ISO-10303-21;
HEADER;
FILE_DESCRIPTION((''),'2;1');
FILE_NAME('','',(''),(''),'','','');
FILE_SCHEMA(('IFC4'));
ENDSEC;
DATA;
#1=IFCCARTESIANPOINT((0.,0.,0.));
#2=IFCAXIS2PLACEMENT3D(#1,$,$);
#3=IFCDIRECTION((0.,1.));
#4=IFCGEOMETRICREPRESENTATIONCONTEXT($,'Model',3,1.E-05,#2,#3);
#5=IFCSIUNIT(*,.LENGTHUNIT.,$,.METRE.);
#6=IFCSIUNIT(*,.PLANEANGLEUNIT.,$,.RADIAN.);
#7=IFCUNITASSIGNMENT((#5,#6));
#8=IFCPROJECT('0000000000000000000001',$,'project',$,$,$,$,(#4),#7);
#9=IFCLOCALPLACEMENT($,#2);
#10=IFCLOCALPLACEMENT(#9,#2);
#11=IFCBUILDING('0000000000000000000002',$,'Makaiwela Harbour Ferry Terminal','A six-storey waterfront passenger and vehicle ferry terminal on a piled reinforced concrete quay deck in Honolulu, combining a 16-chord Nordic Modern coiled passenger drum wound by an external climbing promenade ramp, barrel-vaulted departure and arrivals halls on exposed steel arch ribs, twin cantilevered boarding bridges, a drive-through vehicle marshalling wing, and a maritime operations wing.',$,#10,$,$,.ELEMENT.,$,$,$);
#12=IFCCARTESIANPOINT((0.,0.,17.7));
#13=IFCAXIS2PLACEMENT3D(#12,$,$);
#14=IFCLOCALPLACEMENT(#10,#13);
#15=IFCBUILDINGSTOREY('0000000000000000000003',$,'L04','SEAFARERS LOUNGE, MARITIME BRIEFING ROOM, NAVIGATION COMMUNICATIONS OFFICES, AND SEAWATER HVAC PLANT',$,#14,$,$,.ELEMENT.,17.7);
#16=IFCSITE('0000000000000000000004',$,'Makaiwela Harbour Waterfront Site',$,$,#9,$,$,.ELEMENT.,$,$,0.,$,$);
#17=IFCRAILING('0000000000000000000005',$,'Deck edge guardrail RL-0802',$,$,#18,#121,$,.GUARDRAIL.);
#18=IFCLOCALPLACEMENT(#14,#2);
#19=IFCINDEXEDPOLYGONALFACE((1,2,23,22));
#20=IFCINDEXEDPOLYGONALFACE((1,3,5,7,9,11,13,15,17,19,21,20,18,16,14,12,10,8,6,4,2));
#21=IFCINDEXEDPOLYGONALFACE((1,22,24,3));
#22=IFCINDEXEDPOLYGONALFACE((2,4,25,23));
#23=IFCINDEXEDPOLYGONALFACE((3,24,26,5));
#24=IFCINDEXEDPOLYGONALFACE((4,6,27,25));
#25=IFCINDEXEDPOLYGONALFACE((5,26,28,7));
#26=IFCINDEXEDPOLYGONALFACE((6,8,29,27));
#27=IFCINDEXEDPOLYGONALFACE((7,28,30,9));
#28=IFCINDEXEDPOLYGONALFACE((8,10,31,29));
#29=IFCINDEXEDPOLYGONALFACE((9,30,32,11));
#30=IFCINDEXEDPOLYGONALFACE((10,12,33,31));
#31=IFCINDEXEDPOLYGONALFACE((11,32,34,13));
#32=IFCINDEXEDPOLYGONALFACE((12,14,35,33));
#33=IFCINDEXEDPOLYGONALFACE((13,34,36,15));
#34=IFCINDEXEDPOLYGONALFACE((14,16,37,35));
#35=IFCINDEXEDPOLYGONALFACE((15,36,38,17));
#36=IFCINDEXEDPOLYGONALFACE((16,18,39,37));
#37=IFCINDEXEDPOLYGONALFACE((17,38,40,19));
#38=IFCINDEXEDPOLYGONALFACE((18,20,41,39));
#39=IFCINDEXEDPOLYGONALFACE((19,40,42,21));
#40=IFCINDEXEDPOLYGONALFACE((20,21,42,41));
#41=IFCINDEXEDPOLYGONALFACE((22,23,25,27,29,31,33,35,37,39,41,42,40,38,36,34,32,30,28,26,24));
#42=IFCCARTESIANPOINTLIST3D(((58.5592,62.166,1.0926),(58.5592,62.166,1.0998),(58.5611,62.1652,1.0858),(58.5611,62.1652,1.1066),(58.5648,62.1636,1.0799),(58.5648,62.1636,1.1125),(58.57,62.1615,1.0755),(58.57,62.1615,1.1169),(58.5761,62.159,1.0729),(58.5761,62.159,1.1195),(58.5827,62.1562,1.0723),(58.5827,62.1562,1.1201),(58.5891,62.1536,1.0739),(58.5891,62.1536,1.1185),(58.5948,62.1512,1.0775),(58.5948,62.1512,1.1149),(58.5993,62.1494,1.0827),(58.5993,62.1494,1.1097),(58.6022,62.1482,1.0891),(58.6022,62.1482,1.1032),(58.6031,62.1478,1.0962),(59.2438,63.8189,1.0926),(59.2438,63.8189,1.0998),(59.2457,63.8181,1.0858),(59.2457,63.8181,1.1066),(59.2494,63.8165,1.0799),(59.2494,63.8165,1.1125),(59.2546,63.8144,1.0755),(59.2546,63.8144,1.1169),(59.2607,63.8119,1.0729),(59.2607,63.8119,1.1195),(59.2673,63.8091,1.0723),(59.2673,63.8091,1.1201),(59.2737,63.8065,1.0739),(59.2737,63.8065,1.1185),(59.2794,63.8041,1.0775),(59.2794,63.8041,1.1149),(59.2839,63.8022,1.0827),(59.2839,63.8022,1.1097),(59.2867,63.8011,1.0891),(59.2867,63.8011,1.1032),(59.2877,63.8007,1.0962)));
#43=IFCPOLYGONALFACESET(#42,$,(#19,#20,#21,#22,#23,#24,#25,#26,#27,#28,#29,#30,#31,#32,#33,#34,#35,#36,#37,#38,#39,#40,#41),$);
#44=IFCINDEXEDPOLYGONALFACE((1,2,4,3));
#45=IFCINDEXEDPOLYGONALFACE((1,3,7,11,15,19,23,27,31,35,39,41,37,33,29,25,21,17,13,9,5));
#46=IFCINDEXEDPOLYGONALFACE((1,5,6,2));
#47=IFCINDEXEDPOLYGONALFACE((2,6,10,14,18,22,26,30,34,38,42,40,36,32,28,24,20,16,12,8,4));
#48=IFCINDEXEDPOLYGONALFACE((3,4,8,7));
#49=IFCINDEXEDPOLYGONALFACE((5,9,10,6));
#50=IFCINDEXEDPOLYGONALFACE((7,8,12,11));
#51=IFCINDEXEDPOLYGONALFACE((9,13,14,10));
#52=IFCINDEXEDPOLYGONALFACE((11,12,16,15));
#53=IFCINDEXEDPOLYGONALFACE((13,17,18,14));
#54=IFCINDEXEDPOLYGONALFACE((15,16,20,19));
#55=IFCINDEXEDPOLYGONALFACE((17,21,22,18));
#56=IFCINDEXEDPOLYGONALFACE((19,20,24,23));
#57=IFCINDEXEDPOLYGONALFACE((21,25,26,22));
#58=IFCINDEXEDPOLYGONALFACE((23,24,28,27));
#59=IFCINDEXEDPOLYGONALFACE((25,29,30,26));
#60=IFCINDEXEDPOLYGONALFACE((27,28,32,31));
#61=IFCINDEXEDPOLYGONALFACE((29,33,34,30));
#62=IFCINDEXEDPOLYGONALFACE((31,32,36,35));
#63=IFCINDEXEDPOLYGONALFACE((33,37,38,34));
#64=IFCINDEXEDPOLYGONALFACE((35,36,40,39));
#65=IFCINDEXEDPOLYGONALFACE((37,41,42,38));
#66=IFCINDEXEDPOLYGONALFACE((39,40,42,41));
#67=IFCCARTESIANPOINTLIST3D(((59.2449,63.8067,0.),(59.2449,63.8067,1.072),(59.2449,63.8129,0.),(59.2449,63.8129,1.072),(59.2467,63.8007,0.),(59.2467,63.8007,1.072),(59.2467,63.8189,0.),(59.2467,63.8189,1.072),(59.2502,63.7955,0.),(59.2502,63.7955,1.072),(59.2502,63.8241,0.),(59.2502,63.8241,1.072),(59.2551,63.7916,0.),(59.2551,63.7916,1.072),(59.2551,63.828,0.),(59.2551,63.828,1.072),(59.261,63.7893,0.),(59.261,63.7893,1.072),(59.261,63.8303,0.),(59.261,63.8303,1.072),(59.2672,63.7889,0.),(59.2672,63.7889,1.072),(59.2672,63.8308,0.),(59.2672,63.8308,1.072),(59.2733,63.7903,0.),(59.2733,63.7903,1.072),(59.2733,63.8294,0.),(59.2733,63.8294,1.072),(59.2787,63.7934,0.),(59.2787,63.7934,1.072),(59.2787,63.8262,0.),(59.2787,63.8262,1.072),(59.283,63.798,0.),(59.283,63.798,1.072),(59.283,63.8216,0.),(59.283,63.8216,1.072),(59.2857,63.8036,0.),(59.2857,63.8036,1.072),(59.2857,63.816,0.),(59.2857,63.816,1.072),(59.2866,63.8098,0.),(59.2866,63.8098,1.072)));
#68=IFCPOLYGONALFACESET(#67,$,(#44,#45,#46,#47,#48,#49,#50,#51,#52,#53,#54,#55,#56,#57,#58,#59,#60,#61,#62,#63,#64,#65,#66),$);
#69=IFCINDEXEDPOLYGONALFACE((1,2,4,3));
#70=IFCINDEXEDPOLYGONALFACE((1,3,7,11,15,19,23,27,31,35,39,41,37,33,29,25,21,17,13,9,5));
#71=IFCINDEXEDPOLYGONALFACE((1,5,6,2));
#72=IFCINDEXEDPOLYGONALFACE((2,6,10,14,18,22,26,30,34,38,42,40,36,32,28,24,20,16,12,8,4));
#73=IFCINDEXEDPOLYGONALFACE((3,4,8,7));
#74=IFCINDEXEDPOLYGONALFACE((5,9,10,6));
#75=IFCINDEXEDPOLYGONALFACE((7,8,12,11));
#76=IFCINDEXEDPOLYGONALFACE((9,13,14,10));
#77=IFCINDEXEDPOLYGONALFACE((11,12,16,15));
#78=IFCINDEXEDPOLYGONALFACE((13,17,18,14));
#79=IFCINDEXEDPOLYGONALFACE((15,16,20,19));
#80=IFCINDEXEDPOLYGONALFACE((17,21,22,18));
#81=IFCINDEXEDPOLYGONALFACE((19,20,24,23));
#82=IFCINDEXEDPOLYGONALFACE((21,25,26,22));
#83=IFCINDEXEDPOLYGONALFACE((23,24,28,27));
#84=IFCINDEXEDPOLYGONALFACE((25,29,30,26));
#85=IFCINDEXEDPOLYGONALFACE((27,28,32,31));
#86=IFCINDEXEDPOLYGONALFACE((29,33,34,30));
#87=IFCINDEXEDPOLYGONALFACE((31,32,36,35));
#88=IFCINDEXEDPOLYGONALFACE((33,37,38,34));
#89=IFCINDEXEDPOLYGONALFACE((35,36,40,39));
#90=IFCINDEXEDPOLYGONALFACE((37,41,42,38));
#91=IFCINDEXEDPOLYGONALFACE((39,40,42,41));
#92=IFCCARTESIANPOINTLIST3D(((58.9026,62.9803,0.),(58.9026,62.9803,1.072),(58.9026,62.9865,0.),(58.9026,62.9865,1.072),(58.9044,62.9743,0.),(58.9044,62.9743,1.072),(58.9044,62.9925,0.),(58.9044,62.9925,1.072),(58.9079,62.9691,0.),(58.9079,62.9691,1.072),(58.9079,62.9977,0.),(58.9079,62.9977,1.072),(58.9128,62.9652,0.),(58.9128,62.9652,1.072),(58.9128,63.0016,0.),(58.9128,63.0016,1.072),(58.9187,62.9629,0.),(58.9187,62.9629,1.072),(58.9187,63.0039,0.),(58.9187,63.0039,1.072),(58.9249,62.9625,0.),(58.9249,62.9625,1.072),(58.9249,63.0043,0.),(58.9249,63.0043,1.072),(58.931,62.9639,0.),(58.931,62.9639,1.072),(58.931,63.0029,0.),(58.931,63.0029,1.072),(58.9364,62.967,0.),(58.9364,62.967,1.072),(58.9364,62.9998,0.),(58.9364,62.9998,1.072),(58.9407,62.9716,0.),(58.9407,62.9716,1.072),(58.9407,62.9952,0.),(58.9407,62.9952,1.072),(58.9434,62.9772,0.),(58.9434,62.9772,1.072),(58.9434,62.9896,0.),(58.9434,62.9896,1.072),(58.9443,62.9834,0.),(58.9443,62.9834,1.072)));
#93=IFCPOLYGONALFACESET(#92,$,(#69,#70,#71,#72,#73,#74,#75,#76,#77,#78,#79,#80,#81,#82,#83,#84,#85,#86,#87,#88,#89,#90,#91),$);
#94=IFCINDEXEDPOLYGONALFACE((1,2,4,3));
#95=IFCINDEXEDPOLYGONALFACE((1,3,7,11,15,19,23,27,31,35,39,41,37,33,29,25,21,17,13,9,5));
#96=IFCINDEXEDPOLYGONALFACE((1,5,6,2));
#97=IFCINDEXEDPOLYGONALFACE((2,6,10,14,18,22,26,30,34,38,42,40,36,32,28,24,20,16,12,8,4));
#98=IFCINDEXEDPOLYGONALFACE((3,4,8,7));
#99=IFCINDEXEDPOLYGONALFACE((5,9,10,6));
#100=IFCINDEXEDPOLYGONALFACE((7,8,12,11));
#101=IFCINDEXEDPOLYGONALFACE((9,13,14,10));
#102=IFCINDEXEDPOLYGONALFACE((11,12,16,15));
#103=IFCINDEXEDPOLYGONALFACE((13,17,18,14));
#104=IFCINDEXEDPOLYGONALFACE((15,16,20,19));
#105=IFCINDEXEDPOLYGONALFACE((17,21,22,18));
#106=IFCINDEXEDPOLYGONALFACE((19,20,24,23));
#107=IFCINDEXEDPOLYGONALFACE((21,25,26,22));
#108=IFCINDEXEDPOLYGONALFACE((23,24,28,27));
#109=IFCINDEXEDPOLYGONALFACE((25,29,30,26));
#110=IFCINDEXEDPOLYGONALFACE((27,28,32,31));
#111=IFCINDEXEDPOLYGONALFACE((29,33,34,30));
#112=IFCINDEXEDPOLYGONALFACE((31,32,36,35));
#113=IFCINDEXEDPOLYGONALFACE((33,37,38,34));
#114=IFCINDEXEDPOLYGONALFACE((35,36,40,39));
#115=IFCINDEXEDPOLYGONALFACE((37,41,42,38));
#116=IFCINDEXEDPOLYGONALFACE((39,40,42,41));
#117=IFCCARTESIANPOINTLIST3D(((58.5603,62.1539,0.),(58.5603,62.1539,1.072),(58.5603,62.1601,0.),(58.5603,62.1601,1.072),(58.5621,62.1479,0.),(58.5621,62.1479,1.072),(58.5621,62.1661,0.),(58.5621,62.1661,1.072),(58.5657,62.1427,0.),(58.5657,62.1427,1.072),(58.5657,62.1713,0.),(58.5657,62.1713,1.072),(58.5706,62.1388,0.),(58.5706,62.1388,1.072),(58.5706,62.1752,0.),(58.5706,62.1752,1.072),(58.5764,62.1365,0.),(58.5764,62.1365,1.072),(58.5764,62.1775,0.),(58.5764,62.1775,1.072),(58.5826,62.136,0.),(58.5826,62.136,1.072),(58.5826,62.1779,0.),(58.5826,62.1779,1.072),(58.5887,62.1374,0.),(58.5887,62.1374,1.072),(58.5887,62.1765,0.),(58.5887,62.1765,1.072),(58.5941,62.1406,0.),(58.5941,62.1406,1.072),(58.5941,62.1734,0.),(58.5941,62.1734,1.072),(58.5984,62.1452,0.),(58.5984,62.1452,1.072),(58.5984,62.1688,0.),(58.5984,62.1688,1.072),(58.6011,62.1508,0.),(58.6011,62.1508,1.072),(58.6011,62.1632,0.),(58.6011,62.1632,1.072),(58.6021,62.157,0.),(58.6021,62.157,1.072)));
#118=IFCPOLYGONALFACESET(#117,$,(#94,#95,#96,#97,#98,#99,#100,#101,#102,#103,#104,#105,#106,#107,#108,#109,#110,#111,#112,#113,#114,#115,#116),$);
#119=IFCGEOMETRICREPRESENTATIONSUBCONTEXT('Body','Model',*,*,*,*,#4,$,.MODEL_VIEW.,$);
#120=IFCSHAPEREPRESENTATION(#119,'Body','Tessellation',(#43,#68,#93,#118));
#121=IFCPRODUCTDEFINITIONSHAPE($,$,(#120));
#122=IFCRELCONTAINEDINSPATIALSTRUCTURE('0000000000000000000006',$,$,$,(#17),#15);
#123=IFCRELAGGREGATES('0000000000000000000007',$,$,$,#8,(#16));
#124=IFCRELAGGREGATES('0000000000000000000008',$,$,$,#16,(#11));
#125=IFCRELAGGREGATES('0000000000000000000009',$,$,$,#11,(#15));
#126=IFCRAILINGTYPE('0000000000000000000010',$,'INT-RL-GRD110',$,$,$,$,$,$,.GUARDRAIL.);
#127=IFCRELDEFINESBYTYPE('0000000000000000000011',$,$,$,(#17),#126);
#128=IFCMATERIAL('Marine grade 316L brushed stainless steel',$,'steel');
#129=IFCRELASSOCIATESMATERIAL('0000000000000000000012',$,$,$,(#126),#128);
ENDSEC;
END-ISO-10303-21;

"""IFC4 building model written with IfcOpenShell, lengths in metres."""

from ifc_helpers import new_model, si_unit, direction, frame, origin, origin_2d, place, context, subcontext, project, spatial, circle, extrude, material, type_object, element, save


model = new_model("IFC4")

# Units and contexts
model_context = context("Model", 3, precision=1e-05, world=origin(), true_north=direction((0.0, 1.0)))
body_context = subcontext(model_context, "Body", "Model", "MODEL_VIEW")
ifc_project = project(units=[si_unit("LENGTHUNIT", "METRE"), si_unit("PLANEANGLEUNIT", "RADIAN")], contexts=[model_context])

# Site, building, storey
site_placement = place(None, origin())
site = spatial("IfcSite", under=ifc_project, at=site_placement, Name="Makaiwela Harbour Waterfront Site", CompositionType="ELEMENT", RefElevation=0.0)
building_placement = place(site_placement, origin())
building = spatial("IfcBuilding", under=site, at=building_placement, Name="Makaiwela Harbour Ferry Terminal", Description="A six-storey waterfront passenger and vehicle ferry terminal on a piled reinforced concrete quay deck in Honolulu, combining a 16-chord Nordic Modern coiled passenger drum wound by an external climbing promenade ramp, barrel-vaulted departure and arrivals halls on exposed steel arch ribs, twin cantilevered boarding bridges, a drive-through vehicle marshalling wing, and a maritime operations wing.", CompositionType="ELEMENT")
storey_placement = place(building_placement, frame((0.0, 0.0, 17.7)))
storey = spatial("IfcBuildingStorey", under=building, at=storey_placement, Name="L04", Description="SEAFARERS LOUNGE, MARITIME BRIEFING ROOM, NAVIGATION COMMUNICATIONS OFFICES, AND SEAWATER HVAC PLANT", CompositionType="ELEMENT", Elevation=17.7)

# Railing
ifc_material_1 = material(Name="Marine grade 316L brushed stainless steel", Category="steel")
railing_type_1 = type_object("IfcRailingType", Name="INT-RL-GRD110", PredefinedType="GUARDRAIL", material=ifc_material_1)
railing_1_placement = place(storey_placement, frame((59.2656, 63.8098, 0.0)))
element("IfcRailing", 1, at=railing_1_placement, inside=storey, type_object=railing_type_1, Name="Deck edge guardrail RL-0802", PredefinedType="GUARDRAIL", context=body_context, shape_type="SweptSolid", body=[
    extrude(circle(Radius=0.0239, at=origin_2d()), frame((0.0, 0.0, 1.0962), z_axis=(-0.382657, -0.92389, 0.0), x_axis=(0.92389, -0.382657, 0.0)), (0.0, 0.0, 1.0), 1.7891),
    extrude(circle(Radius=0.021, at=origin_2d()), origin(), (0.0, 0.0, 1.0), 1.072),
    extrude(circle(Radius=0.021, at=origin_2d()), frame((-0.3423, -0.8264, 0.0)), (0.0, 0.0, 1.0), 1.072),
    extrude(circle(Radius=0.021, at=origin_2d()), frame((-0.6846, -1.6528, 0.0)), (0.0, 0.0, 1.0), 1.072),
])

save(model, "model.ifc")
